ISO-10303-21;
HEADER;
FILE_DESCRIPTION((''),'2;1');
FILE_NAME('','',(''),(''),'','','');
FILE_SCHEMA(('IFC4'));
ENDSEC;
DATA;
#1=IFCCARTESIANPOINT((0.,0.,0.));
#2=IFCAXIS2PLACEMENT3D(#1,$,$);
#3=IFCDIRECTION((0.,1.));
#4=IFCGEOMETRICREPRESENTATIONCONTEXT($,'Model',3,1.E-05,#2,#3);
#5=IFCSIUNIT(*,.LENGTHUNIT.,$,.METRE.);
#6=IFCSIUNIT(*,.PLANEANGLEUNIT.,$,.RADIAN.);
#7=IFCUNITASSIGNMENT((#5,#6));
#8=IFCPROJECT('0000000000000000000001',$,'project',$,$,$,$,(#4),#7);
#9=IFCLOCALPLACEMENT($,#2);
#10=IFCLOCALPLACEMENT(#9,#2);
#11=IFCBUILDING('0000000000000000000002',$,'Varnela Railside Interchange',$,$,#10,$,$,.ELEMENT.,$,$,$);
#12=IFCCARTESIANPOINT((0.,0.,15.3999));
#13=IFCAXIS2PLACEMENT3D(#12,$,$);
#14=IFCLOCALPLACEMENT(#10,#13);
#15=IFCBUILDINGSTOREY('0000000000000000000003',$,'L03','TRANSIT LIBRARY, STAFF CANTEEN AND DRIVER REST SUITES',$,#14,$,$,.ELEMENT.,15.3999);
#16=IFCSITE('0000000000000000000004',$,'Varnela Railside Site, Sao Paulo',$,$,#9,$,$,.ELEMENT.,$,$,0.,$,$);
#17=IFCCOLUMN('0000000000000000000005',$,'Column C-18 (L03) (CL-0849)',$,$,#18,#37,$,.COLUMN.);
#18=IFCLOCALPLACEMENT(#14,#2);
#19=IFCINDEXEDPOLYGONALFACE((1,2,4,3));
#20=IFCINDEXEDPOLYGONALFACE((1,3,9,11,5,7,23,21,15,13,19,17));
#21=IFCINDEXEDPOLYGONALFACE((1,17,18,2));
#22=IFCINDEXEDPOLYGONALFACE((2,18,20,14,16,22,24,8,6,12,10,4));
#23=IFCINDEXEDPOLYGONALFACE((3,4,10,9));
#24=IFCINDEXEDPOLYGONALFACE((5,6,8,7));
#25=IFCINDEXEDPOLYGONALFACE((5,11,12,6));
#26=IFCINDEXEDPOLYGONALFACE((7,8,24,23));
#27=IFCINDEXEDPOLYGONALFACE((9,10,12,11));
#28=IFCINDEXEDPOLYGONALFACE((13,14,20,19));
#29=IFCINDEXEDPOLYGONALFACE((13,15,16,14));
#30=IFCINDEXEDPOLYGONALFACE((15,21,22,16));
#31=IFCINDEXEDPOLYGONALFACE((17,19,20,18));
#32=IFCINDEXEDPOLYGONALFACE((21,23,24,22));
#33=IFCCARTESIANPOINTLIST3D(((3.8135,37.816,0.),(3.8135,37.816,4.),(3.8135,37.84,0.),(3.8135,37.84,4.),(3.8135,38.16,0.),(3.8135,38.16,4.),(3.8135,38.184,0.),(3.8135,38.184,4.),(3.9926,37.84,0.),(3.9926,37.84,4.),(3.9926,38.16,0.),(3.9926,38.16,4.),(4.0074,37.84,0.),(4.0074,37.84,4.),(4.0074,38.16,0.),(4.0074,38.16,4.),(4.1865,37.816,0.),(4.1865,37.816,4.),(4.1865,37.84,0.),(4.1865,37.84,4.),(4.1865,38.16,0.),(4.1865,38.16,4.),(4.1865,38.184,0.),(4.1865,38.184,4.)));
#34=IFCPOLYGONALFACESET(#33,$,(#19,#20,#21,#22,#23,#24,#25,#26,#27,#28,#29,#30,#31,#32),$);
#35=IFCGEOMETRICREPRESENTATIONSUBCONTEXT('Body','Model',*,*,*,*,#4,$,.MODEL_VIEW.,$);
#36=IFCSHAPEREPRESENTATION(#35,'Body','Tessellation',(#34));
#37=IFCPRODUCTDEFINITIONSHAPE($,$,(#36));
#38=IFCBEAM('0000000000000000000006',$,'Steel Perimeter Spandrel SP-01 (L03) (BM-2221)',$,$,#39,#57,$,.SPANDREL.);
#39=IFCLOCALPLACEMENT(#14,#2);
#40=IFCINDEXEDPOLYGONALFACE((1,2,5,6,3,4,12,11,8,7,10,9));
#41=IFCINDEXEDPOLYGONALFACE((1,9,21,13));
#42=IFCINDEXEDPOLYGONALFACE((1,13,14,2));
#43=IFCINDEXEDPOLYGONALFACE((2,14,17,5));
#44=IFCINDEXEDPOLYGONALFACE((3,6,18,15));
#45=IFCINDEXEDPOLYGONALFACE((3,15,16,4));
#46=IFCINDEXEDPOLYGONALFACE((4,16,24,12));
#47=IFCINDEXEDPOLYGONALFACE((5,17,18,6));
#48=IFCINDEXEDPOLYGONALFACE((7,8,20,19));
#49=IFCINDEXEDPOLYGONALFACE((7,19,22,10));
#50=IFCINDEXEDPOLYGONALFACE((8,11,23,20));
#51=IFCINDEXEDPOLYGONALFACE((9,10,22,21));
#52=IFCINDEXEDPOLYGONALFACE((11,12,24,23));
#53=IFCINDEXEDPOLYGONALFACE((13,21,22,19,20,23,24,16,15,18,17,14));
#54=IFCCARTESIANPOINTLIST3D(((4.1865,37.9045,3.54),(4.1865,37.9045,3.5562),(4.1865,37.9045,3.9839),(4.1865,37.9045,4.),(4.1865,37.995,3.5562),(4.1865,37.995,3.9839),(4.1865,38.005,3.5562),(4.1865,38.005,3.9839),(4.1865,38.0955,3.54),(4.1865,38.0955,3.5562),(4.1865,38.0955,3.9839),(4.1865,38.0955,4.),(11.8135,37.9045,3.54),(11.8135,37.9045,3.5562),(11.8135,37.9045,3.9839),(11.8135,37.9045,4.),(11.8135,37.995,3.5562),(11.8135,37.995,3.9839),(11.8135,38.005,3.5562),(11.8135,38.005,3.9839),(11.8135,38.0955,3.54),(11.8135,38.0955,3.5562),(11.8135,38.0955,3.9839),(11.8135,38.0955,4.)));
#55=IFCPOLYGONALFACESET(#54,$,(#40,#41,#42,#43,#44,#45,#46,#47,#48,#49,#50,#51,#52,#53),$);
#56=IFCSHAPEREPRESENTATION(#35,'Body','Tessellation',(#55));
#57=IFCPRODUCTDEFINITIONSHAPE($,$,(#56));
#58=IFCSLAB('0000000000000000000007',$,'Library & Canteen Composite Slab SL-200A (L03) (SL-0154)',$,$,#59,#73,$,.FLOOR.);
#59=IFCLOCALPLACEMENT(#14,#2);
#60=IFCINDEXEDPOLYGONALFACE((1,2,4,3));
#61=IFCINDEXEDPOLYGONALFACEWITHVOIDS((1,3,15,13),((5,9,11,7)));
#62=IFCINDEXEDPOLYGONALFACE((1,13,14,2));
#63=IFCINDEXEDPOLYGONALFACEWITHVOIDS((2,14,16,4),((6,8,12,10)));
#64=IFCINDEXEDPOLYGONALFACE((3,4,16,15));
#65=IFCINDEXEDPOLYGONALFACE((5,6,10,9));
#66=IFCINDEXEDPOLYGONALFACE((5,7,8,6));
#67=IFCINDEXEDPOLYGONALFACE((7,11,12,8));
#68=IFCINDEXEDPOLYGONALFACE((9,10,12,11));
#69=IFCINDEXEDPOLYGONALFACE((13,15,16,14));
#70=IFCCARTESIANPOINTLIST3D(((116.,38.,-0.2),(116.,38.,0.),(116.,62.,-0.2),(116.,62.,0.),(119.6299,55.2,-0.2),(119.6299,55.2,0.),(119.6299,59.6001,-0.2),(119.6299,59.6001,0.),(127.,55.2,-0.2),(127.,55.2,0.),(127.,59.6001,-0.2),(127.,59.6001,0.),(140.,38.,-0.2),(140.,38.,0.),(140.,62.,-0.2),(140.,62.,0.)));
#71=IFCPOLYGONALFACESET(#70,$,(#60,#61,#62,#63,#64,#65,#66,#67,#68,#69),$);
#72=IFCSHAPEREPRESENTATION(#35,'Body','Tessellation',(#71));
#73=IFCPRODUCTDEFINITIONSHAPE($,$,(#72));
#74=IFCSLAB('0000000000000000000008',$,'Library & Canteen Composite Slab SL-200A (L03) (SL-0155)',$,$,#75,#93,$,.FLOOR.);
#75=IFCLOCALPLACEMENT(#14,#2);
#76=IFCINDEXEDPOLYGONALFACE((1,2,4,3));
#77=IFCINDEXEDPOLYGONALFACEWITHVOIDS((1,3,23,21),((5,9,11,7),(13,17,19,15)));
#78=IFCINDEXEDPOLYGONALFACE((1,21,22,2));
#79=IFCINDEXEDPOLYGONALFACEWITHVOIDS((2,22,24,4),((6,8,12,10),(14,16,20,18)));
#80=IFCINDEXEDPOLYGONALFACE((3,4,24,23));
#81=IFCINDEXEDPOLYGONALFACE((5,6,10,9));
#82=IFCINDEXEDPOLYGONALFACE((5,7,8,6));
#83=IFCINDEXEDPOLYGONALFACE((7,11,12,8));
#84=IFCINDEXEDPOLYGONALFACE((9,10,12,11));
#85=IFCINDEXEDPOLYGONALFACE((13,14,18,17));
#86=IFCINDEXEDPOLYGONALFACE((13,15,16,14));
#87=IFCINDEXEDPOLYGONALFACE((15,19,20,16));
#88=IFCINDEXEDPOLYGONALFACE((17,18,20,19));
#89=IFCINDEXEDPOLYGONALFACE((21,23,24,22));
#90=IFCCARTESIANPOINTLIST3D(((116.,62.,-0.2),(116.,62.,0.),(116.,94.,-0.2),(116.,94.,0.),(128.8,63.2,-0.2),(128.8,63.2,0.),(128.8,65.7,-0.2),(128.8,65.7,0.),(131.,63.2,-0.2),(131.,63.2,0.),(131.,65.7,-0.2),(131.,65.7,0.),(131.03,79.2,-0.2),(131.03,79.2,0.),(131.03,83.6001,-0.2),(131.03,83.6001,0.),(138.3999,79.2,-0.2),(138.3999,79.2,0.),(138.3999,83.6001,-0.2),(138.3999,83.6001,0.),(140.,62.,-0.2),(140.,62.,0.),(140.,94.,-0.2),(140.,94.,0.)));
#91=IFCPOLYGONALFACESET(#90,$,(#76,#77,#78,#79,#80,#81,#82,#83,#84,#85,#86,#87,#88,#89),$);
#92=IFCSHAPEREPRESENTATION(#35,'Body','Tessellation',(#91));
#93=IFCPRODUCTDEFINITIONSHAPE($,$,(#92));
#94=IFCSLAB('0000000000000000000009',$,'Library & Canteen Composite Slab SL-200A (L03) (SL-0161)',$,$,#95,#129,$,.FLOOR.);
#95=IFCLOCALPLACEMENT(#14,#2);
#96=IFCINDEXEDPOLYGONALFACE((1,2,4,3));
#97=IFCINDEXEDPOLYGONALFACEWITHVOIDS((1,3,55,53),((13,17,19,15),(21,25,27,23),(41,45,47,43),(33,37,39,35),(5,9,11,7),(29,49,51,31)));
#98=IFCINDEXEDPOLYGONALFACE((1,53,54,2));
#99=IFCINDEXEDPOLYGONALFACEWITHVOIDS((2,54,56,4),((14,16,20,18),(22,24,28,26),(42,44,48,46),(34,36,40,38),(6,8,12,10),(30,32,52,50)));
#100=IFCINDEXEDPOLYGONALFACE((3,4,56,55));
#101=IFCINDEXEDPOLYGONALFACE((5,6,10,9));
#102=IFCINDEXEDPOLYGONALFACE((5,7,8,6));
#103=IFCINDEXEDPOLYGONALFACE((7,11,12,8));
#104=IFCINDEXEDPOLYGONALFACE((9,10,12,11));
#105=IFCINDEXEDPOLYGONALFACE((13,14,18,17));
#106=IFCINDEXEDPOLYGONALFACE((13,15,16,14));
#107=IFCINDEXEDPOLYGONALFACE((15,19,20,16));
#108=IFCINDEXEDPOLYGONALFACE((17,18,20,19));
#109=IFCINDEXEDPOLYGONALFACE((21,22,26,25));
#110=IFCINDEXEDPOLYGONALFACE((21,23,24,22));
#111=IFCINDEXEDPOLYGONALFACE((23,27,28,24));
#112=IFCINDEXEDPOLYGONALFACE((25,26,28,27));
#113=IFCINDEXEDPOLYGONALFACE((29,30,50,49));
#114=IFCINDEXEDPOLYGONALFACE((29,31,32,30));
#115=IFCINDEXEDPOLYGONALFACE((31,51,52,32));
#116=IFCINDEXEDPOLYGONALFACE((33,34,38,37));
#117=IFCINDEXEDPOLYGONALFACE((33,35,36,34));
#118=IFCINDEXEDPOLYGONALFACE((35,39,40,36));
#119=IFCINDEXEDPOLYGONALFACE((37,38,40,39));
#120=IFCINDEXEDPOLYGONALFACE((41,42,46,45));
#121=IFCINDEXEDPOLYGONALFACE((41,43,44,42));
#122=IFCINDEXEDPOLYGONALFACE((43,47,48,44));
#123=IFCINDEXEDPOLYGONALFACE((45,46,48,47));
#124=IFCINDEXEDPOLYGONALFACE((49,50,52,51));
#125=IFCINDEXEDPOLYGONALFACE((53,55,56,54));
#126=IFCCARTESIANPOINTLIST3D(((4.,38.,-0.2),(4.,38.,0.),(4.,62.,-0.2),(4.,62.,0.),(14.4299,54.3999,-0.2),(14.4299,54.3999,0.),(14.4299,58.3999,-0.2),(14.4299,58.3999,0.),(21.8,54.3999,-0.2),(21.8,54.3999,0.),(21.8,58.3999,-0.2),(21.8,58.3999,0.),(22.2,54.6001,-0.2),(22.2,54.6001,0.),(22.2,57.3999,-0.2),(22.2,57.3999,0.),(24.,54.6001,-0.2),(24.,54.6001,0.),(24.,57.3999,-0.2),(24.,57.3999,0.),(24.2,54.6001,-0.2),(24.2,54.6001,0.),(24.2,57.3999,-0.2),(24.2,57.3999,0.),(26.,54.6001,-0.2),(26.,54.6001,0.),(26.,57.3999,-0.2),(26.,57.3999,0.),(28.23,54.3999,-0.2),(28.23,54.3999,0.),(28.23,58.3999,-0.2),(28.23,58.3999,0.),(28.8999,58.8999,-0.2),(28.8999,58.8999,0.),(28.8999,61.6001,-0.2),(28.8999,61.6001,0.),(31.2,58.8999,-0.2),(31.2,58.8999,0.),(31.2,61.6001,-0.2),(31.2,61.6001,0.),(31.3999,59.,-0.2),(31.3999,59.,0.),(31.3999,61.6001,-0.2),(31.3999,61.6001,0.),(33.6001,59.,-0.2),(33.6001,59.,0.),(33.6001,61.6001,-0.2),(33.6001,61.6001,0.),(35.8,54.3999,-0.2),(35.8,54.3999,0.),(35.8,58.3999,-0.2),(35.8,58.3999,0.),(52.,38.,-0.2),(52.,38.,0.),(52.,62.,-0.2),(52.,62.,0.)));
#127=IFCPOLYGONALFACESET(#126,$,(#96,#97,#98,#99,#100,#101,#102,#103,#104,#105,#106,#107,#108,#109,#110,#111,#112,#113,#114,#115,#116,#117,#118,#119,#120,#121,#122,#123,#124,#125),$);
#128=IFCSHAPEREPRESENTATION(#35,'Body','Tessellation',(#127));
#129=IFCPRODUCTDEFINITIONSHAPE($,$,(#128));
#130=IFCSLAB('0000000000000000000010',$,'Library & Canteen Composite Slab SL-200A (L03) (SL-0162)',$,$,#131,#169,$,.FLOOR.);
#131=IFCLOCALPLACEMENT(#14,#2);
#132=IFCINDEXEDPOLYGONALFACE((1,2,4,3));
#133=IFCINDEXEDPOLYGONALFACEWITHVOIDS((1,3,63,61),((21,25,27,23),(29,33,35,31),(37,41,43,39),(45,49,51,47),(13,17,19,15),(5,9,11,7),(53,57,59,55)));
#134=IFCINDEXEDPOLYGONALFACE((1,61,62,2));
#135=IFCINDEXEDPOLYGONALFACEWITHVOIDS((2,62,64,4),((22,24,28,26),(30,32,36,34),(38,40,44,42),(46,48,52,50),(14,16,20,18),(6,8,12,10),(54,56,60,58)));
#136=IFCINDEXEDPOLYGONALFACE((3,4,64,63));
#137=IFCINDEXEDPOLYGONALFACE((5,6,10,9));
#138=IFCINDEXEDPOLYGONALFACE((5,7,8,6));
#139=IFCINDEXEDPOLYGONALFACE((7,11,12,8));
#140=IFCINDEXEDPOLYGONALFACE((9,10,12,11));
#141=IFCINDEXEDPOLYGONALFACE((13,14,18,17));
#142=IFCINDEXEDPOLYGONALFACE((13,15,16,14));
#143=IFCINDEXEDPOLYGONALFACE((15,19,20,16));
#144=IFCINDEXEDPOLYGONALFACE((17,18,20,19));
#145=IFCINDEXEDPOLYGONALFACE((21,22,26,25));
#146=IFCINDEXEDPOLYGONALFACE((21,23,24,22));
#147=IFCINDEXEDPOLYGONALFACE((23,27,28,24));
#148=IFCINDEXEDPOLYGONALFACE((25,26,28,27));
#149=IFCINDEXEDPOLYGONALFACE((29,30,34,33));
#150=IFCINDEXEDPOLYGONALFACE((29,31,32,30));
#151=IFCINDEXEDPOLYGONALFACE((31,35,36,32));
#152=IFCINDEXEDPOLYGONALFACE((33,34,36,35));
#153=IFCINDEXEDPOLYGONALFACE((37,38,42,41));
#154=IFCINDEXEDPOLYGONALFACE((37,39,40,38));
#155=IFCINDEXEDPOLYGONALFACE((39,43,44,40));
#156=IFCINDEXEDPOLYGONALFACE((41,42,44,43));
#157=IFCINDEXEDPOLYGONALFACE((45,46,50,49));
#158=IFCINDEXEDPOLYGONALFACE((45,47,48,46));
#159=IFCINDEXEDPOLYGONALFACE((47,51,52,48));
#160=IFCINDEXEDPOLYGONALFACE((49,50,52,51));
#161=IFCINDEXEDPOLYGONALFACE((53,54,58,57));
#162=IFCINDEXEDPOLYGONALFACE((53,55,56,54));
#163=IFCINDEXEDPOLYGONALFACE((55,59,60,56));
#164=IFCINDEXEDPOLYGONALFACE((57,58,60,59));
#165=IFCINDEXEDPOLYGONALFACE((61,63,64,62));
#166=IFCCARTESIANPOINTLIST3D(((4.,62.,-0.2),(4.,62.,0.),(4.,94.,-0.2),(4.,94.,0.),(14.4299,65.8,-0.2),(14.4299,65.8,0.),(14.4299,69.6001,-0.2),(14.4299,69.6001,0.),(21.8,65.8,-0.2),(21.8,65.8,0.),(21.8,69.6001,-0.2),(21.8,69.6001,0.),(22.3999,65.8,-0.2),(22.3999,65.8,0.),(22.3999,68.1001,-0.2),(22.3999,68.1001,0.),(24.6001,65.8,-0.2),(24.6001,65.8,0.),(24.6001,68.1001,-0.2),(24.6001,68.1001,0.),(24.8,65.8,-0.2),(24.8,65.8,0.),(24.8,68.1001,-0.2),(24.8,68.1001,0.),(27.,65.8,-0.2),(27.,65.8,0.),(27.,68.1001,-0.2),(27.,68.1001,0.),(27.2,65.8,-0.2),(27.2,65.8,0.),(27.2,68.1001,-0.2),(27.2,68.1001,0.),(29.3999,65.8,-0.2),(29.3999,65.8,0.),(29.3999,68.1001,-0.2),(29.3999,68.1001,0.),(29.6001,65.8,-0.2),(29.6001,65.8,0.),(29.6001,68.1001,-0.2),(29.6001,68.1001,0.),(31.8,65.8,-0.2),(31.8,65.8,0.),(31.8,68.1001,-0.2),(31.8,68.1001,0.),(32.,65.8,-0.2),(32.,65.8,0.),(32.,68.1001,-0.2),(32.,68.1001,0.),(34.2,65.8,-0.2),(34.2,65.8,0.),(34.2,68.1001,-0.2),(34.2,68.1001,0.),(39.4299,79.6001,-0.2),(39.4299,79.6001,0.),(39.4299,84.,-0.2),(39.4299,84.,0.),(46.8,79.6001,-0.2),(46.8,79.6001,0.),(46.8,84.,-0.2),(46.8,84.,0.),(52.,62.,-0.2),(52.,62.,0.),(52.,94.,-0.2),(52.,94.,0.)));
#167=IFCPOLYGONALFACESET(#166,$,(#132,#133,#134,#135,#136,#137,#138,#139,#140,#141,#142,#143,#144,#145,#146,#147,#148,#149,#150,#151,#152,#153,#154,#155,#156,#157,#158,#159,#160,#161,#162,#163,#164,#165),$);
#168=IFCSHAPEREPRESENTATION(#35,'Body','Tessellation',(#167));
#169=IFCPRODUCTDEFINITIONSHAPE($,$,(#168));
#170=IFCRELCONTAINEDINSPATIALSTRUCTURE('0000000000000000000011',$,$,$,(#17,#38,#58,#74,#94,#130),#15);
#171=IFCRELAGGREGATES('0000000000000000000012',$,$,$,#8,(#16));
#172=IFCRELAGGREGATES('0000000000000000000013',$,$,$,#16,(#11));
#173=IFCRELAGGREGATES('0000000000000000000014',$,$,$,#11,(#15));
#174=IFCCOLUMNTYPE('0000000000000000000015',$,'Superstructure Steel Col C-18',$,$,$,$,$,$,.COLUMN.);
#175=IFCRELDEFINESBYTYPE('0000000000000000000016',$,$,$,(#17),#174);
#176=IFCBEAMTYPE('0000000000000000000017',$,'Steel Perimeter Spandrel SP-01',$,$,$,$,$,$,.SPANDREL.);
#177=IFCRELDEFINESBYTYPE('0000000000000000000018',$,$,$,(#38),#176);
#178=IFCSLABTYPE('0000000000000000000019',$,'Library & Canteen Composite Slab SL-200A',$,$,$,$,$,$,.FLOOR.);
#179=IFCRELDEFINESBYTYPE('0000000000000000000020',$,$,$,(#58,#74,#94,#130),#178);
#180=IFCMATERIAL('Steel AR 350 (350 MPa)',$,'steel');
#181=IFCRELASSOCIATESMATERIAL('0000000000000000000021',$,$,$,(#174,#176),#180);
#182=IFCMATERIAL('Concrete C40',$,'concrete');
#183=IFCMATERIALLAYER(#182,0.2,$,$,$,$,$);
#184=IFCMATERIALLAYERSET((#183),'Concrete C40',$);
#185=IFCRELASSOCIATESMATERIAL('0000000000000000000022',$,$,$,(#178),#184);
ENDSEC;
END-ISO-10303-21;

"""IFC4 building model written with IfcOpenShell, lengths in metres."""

from ifc_helpers import new_model, si_unit, direction, frame, origin, origin_2d, place, context, subcontext, project, spatial, polyline, i_section, outline, extrude, material, layer, layer_set, material_profile, profile_set, type_object, element, save


model = new_model("IFC4")

# Units and contexts
model_context = context("Model", 3, precision=1e-05, world=origin(), true_north=direction((0.0, 1.0)))
body_context = subcontext(model_context, "Body", "Model", "MODEL_VIEW")
ifc_project = project(units=[si_unit("LENGTHUNIT", "METRE"), si_unit("PLANEANGLEUNIT", "RADIAN")], contexts=[model_context])

# Site, building, storey
site_placement = place(None, origin())
site = spatial("IfcSite", under=ifc_project, at=site_placement, Name="Varnela Railside Site, Sao Paulo", CompositionType="ELEMENT", RefElevation=0.0)
building_placement = place(site_placement, origin())
building = spatial("IfcBuilding", under=site, at=building_placement, Name="Varnela Railside Interchange", CompositionType="ELEMENT")
storey_placement = place(building_placement, frame((0.0, 0.0, 15.3999)))
storey = spatial("IfcBuildingStorey", under=building, at=storey_placement, Name="L03", Description="TRANSIT LIBRARY, STAFF CANTEEN AND DRIVER REST SUITES", CompositionType="ELEMENT", Elevation=15.3999)

# Column
ifc_material_1 = material(Name="Steel AR 350 (350 MPa)", Category="steel")
ifc_material_profile_1 = material_profile(ifc_material_1, i_section(OverallWidth=0.373, OverallDepth=0.3679, WebThickness=0.0149, FlangeThickness=0.0239, at=origin_2d()), Name="W360x179")
ifc_profile_set_1 = profile_set([ifc_material_profile_1], Name="Steel AR 350 (350 MPa)")
column_type = type_object("IfcColumnType", Name="Superstructure Steel Col C-18", PredefinedType="COLUMN", material=ifc_profile_set_1)
column_placement = place(storey_placement, frame((4.0, 38.0, 0.0), z_axis=(0.0, 0.0, 1.0), x_axis=(1.0, 0.0, 0.0)))
element("IfcColumn", 1, at=column_placement, inside=storey, type_object=column_type, Name="Column C-18 (L03) (CL-0849)", PredefinedType="COLUMN", context=body_context, shape_type="SweptSolid", body=[
    extrude(i_section(OverallWidth=0.373, OverallDepth=0.3679, WebThickness=0.0149, FlangeThickness=0.0239, at=origin_2d()), origin(), (0.0, 0.0, 1.0), 4.0),
])

# Beam
ifc_material_profile_2 = material_profile(ifc_material_1, i_section(OverallWidth=0.1909, OverallDepth=0.46, WebThickness=0.01, FlangeThickness=0.0161, at=origin_2d()), Name="W460x82")
ifc_profile_set_2 = profile_set([ifc_material_profile_2], Name="Steel AR 350 (350 MPa)")
beam_type = type_object("IfcBeamType", Name="Steel Perimeter Spandrel SP-01", PredefinedType="SPANDREL", material=ifc_profile_set_2)
beam_placement = place(storey_placement, frame((4.1865, 38.0, 3.77), z_axis=(1.0, 0.0, 0.0), x_axis=(0.0, 1.0, 0.0)))
element("IfcBeam", 2, at=beam_placement, inside=storey, type_object=beam_type, Name="Steel Perimeter Spandrel SP-01 (L03) (BM-2221)", PredefinedType="SPANDREL", context=body_context, shape_type="SweptSolid", body=[
    extrude(i_section(OverallWidth=0.1909, OverallDepth=0.46, WebThickness=0.01, FlangeThickness=0.0161, at=origin_2d()), origin(), (0.0, 0.0, 1.0), 7.627),
])

# Slabs
ifc_material_2 = material(Name="Concrete C40", Category="concrete")
ifc_layer_1 = layer(ifc_material_2, 0.2)
ifc_layer_set_1 = layer_set([ifc_layer_1], Name="Concrete C40")
slab_type_1 = type_object("IfcSlabType", Name="Library & Canteen Composite Slab SL-200A", PredefinedType="FLOOR", material=ifc_layer_set_1)
slab_1_placement = place(storey_placement, frame((0.0, 0.0, -0.2)))
element("IfcSlab", 3, at=slab_1_placement, inside=storey, type_object=slab_type_1, Name="Library & Canteen Composite Slab SL-200A (L03) (SL-0154)", PredefinedType="FLOOR", context=body_context, shape_type="SweptSolid", body=[
    extrude(outline(polyline([(116.0, 38.0), (140.0, 38.0), (140.0, 62.0), (116.0, 62.0), (116.0, 38.0)]), holes=[polyline([(119.6299, 55.2), (127.0, 55.2), (127.0, 59.6001), (119.6299, 59.6001), (119.6299, 55.2)])]), origin(), (0.0, 0.0, 1.0), 0.2),
])
slab_2_placement = place(storey_placement, frame((0.0, 0.0, -0.2)))
element("IfcSlab", 4, at=slab_2_placement, inside=storey, type_object=slab_type_1, Name="Library & Canteen Composite Slab SL-200A (L03) (SL-0155)", PredefinedType="FLOOR", context=body_context, shape_type="SweptSolid", body=[
    extrude(outline(polyline([(116.0, 62.0), (140.0, 62.0), (140.0, 94.0), (116.0, 94.0), (116.0, 62.0)]), holes=[polyline([(131.03, 79.2), (138.3999, 79.2), (138.3999, 83.6001), (131.03, 83.6001), (131.03, 79.2)]), polyline([(128.8, 63.2), (131.0, 63.2), (131.0, 65.7), (128.8, 65.7), (128.8, 63.2)])]), origin(), (0.0, 0.0, 1.0), 0.2),
])
slab_3_placement = place(storey_placement, frame((0.0, 0.0, -0.2)))
element("IfcSlab", 5, at=slab_3_placement, inside=storey, type_object=slab_type_1, Name="Library & Canteen Composite Slab SL-200A (L03) (SL-0161)", PredefinedType="FLOOR", context=body_context, shape_type="SweptSolid", body=[
    extrude(outline(polyline([(4.0, 38.0), (52.0, 38.0), (52.0, 62.0), (4.0, 62.0), (4.0, 38.0)]), holes=[polyline([(14.4299, 54.3999), (21.8, 54.3999), (21.8, 58.3999), (14.4299, 58.3999), (14.4299, 54.3999)]), polyline([(28.23, 54.3999), (35.8, 54.3999), (35.8, 58.3999), (28.23, 58.3999), (28.23, 54.3999)]), polyline([(22.2, 54.6001), (24.0, 54.6001), (24.0, 57.3999), (22.2, 57.3999), (22.2, 54.6001)]), polyline([(24.2, 54.6001), (26.0, 54.6001), (26.0, 57.3999), (24.2, 57.3999), (24.2, 54.6001)]), polyline([(31.3999, 59.0), (33.6001, 59.0), (33.6001, 61.6001), (31.3999, 61.6001), (31.3999, 59.0)]), polyline([(28.8999, 58.8999), (31.2, 58.8999), (31.2, 61.6001), (28.8999, 61.6001), (28.8999, 58.8999)])]), origin(), (0.0, 0.0, 1.0), 0.2),
])
slab_4_placement = place(storey_placement, frame((0.0, 0.0, -0.2)))
element("IfcSlab", 6, at=slab_4_placement, inside=storey, type_object=slab_type_1, Name="Library & Canteen Composite Slab SL-200A (L03) (SL-0162)", PredefinedType="FLOOR", context=body_context, shape_type="SweptSolid", body=[
    extrude(outline(polyline([(4.0, 62.0), (52.0, 62.0), (52.0, 94.0), (4.0, 94.0), (4.0, 62.0)]), holes=[polyline([(14.4299, 65.8), (21.8, 65.8), (21.8, 69.6001), (14.4299, 69.6001), (14.4299, 65.8)]), polyline([(39.4299, 79.6001), (46.8, 79.6001), (46.8, 84.0), (39.4299, 84.0), (39.4299, 79.6001)]), polyline([(22.3999, 65.8), (24.6001, 65.8), (24.6001, 68.1001), (22.3999, 68.1001), (22.3999, 65.8)]), polyline([(24.8, 65.8), (27.0, 65.8), (27.0, 68.1001), (24.8, 68.1001), (24.8, 65.8)]), polyline([(27.2, 65.8), (29.3999, 65.8), (29.3999, 68.1001), (27.2, 68.1001), (27.2, 65.8)]), polyline([(29.6001, 65.8), (31.8, 65.8), (31.8, 68.1001), (29.6001, 68.1001), (29.6001, 65.8)]), polyline([(32.0, 65.8), (34.2, 65.8), (34.2, 68.1001), (32.0, 68.1001), (32.0, 65.8)])]), origin(), (0.0, 0.0, 1.0), 0.2),
])

save(model, "model.ifc")
